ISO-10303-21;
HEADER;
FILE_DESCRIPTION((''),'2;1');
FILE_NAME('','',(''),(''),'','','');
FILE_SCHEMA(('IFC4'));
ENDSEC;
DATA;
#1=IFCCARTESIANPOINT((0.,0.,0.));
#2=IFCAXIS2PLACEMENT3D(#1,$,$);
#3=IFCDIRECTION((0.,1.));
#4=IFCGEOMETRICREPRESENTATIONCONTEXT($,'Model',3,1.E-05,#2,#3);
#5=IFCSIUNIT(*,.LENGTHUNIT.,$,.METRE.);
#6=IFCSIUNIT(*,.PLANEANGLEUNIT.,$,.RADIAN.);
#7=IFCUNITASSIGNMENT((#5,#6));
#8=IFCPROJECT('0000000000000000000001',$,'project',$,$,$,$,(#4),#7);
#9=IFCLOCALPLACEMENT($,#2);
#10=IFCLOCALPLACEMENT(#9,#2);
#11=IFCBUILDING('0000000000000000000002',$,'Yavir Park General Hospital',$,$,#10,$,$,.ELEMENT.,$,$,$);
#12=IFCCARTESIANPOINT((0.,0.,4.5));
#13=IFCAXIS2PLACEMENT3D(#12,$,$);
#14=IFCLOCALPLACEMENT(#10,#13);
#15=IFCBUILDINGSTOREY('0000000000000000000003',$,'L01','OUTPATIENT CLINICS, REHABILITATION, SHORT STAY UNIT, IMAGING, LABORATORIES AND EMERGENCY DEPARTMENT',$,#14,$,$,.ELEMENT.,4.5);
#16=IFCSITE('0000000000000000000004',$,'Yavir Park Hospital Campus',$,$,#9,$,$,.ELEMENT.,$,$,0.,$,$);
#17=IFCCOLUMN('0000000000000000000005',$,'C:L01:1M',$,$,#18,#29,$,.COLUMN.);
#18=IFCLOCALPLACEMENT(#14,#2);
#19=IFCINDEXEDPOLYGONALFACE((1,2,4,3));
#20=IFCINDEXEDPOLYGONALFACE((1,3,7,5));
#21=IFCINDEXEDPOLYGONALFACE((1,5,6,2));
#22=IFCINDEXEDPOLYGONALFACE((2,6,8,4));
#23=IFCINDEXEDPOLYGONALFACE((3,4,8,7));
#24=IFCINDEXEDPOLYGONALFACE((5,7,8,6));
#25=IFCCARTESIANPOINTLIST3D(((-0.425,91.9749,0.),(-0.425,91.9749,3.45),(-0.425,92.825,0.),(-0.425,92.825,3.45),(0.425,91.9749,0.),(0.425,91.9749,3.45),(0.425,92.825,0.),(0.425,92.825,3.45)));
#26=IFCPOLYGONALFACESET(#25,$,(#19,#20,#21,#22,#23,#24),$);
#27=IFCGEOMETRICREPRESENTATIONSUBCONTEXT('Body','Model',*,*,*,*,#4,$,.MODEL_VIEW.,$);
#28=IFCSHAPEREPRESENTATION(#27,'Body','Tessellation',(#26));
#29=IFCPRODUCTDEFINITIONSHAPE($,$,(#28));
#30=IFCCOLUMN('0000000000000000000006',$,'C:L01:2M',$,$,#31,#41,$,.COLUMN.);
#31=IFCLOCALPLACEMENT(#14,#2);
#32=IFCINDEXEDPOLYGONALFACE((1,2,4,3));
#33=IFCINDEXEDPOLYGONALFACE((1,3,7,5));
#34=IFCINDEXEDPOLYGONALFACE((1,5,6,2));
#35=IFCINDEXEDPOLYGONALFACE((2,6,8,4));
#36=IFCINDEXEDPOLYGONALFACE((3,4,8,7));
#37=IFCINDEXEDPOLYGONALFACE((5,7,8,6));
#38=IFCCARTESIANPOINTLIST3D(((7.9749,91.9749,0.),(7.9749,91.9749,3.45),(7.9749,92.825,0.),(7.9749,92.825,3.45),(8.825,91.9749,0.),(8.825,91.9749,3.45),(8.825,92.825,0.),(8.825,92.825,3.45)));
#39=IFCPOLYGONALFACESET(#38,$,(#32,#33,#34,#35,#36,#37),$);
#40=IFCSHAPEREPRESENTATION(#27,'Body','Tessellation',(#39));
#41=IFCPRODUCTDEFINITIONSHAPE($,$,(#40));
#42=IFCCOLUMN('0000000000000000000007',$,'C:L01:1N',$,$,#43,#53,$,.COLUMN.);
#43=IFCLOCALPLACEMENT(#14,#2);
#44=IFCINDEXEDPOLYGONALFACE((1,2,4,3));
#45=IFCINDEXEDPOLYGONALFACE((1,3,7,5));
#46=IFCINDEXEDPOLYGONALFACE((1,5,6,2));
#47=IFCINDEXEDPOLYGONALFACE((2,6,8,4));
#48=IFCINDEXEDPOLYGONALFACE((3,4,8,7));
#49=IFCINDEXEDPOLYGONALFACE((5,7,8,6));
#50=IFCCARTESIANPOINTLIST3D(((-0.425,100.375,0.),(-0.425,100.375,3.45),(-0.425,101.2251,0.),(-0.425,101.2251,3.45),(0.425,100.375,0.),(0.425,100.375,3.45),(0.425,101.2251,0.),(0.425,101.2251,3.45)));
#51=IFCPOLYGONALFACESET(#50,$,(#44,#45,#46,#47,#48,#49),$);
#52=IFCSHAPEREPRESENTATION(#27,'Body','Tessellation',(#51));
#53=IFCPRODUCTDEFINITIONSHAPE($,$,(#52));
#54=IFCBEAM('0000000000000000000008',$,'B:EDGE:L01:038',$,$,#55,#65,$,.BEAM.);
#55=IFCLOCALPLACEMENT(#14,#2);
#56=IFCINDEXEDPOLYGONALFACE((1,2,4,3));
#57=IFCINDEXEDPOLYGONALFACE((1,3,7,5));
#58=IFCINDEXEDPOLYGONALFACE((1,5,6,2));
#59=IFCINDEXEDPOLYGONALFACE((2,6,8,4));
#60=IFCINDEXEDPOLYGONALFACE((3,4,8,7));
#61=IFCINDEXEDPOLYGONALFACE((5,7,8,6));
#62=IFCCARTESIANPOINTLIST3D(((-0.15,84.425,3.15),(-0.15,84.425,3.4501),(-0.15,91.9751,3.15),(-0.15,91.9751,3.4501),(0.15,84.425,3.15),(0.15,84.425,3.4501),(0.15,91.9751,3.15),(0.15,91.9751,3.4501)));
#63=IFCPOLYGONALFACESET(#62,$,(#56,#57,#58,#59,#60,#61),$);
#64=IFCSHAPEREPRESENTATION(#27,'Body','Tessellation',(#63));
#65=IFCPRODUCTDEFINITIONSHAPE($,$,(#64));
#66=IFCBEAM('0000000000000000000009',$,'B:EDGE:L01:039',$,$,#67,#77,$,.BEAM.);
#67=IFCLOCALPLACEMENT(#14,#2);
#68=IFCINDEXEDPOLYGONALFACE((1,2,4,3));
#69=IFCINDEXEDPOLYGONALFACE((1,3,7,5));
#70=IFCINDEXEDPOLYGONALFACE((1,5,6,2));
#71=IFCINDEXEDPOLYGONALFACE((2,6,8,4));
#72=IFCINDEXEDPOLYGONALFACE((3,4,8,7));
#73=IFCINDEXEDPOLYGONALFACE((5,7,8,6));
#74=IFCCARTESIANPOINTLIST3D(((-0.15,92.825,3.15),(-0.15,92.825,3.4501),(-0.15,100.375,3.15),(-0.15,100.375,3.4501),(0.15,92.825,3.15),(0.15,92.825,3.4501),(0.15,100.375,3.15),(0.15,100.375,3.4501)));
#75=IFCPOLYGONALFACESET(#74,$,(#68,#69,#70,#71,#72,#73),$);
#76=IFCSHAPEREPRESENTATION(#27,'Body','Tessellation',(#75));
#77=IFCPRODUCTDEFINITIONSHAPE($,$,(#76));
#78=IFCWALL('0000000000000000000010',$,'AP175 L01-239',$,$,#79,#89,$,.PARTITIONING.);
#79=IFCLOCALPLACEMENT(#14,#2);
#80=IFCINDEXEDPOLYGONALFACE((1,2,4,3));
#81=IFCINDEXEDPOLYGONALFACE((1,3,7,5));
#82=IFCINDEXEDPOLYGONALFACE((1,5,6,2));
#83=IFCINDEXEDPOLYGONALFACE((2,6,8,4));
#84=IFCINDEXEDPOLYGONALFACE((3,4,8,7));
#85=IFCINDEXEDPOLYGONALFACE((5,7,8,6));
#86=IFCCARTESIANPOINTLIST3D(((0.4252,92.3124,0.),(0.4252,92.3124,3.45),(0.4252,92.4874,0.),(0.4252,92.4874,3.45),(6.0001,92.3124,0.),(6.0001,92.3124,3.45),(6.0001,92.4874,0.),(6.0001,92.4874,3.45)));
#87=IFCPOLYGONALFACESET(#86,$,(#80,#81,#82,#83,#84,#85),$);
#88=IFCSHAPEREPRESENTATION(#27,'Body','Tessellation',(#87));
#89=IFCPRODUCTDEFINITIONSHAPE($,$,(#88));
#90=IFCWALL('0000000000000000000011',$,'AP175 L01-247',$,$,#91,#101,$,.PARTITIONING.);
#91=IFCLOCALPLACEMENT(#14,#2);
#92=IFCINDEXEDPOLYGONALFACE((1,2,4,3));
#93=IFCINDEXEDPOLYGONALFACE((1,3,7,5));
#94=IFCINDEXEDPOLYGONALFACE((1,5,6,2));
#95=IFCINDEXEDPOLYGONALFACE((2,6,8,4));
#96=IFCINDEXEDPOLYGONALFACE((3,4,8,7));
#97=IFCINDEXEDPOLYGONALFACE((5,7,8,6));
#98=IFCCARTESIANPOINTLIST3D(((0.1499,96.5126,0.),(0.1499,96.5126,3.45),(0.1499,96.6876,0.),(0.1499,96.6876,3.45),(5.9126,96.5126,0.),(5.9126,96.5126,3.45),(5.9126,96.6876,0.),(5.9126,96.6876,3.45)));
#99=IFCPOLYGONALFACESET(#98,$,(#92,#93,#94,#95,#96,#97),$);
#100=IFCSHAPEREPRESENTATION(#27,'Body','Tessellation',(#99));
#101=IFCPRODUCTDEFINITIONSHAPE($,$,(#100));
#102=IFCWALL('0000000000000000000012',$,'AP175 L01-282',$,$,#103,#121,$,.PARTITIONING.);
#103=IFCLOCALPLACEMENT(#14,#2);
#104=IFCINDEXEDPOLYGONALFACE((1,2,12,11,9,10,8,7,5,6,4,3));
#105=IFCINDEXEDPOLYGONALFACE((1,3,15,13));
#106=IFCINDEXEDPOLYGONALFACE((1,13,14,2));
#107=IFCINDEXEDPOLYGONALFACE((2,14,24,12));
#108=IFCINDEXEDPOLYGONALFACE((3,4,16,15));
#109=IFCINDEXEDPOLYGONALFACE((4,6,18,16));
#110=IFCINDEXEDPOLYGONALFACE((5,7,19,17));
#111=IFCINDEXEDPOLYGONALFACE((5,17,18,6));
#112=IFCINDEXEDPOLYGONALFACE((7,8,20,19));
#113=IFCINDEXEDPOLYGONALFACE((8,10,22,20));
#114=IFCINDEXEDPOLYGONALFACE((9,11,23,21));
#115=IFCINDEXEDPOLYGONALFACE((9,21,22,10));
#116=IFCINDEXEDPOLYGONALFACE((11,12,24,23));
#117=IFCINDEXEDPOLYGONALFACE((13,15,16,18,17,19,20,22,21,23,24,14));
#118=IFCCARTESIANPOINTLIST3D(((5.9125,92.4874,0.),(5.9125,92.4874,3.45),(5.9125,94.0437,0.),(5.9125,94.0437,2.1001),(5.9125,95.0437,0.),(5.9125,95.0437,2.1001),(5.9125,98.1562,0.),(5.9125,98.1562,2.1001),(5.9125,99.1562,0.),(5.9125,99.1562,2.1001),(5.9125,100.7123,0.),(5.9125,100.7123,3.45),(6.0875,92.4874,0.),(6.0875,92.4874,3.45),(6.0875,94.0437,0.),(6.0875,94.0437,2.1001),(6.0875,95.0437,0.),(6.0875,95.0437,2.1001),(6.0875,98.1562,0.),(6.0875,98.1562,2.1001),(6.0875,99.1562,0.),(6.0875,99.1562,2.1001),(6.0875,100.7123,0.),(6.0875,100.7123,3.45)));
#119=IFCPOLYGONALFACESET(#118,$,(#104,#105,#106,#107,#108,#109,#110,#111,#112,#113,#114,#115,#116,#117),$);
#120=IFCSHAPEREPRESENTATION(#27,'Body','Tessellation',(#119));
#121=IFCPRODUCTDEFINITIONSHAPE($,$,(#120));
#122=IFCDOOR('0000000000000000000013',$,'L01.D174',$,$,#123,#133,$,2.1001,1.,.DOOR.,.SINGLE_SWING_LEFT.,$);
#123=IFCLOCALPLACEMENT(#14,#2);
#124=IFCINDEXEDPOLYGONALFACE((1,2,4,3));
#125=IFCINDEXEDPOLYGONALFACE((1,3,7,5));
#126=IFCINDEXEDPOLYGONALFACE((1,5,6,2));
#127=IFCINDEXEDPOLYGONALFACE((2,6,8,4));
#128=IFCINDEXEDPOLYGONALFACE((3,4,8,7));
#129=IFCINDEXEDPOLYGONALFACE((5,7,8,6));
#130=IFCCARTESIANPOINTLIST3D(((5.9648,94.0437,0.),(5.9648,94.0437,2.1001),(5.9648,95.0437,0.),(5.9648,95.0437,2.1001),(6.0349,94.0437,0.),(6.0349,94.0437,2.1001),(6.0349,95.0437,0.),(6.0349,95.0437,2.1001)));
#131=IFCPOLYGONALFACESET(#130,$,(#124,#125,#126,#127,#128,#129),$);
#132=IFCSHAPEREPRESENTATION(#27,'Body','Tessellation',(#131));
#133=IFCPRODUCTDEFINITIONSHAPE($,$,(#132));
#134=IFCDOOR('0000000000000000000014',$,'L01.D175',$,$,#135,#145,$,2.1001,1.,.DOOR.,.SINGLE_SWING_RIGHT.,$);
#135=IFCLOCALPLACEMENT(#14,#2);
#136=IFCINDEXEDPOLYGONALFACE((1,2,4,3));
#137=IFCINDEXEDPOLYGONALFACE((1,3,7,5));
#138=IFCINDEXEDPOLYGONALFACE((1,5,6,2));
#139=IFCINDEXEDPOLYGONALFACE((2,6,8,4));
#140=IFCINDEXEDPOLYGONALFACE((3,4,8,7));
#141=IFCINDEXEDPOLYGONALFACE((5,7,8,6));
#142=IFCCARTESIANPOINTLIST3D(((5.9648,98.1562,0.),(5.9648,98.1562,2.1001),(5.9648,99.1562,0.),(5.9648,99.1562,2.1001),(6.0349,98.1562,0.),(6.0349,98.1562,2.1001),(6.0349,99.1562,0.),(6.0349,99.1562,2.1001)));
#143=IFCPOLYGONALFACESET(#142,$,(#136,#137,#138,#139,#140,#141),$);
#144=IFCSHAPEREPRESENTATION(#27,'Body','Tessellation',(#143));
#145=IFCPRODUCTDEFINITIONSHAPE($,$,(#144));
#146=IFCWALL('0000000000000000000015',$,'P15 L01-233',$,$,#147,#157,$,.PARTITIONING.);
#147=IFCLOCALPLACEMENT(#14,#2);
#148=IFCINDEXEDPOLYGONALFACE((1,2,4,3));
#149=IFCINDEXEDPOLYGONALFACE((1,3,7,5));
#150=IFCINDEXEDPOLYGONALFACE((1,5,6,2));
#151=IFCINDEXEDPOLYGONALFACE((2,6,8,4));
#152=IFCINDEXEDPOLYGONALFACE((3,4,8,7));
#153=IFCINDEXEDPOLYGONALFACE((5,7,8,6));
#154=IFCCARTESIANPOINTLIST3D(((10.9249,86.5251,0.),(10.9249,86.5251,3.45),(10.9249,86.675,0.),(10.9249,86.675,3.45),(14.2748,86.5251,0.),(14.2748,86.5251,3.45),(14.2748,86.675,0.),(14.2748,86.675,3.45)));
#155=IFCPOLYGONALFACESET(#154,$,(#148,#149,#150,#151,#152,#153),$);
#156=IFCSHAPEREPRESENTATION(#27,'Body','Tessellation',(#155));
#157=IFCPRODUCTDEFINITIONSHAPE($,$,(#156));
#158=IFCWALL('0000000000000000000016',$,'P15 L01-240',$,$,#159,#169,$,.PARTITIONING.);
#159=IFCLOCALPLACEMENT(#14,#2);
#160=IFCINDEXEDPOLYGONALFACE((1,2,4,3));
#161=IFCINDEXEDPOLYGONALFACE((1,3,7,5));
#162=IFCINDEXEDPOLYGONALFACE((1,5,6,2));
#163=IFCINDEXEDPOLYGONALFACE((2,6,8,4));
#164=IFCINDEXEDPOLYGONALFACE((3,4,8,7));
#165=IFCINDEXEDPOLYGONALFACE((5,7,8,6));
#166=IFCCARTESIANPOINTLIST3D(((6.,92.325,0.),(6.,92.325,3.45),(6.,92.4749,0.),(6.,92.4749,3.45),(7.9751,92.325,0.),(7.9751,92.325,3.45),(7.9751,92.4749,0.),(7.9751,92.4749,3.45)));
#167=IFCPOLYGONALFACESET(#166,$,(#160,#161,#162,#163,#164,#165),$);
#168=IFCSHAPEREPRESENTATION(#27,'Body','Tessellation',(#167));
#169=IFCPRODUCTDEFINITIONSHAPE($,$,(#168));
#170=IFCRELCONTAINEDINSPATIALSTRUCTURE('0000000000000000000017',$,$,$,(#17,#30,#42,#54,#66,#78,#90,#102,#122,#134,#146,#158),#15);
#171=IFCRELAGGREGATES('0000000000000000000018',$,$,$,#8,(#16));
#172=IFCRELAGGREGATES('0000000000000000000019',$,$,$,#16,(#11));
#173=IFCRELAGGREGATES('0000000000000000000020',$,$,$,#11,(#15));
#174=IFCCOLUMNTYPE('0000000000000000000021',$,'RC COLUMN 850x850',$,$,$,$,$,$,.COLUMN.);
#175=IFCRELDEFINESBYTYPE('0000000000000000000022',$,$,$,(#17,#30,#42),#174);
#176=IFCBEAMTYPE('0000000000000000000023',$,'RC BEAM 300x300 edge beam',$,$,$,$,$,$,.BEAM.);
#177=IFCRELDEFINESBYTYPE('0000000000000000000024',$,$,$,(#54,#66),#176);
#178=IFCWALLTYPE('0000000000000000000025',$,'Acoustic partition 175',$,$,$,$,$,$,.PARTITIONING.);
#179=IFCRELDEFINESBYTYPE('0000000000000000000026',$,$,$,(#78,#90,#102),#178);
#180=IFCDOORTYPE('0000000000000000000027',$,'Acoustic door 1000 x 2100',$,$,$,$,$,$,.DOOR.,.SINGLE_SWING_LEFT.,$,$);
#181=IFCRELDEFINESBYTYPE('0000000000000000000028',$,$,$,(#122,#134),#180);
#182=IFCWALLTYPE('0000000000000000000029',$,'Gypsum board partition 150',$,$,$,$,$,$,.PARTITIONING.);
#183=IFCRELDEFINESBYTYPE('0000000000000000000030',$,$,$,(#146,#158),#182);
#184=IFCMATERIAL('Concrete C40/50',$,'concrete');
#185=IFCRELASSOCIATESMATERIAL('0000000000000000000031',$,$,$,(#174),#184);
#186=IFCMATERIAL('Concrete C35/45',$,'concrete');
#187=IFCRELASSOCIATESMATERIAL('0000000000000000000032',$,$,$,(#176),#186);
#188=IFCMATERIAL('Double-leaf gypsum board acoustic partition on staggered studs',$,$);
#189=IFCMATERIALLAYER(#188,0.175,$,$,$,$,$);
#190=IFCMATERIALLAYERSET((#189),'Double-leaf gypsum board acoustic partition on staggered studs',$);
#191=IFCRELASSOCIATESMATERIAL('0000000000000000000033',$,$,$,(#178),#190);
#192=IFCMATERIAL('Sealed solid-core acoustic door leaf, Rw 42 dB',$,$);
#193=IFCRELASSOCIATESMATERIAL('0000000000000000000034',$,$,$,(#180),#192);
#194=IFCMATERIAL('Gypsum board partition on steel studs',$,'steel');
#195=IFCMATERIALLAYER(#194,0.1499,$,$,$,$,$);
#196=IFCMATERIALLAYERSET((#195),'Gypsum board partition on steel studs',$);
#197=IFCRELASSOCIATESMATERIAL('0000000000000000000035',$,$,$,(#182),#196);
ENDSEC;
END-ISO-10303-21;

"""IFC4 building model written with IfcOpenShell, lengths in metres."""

from ifc_helpers import new_model, si_unit, direction, frame, frame_2d, origin, origin_2d, place, context, subcontext, project, spatial, rectangle, extrude, material, layer, layer_set, material_profile, profile_set, type_object, element, fill, save


model = new_model("IFC4")

# Units and contexts
model_context = context("Model", 3, precision=1e-05, world=origin(), true_north=direction((0.0, 1.0)))
body_context = subcontext(model_context, "Body", "Model", "MODEL_VIEW")
ifc_project = project(units=[si_unit("LENGTHUNIT", "METRE"), si_unit("PLANEANGLEUNIT", "RADIAN")], contexts=[model_context])

# Site, building, storey
site_placement = place(None, origin())
site = spatial("IfcSite", under=ifc_project, at=site_placement, Name="Yavir Park Hospital Campus", CompositionType="ELEMENT", RefElevation=0.0)
building_placement = place(site_placement, origin())
building = spatial("IfcBuilding", under=site, at=building_placement, Name="Yavir Park General Hospital", CompositionType="ELEMENT")
storey_placement = place(building_placement, frame((0.0, 0.0, 4.5)))
storey = spatial("IfcBuildingStorey", under=building, at=storey_placement, Name="L01", Description="OUTPATIENT CLINICS, REHABILITATION, SHORT STAY UNIT, IMAGING, LABORATORIES AND EMERGENCY DEPARTMENT", CompositionType="ELEMENT", Elevation=4.5)

# Columns
ifc_material_1 = material(Name="Concrete C40/50", Category="concrete")
ifc_material_profile_1 = material_profile(ifc_material_1, rectangle(XDim=0.8501, YDim=0.8501, at=origin_2d()), Name="RC850x850")
ifc_profile_set_1 = profile_set([ifc_material_profile_1], Name="Concrete C40/50")
column_type = type_object("IfcColumnType", Name="RC COLUMN 850x850", PredefinedType="COLUMN", material=ifc_profile_set_1)
for number, where, z_axis, x_axis, name in (
    (1, (0.0, 92.3999, 0.0), (0.0, 0.0, 1.0), (1.0, 0.0, 0.0), "C:L01:1M"),
    (2, (8.3999, 92.3999, 0.0), (0.0, 0.0, 1.0), (1.0, 0.0, 0.0), "C:L01:2M"),
    (3, (0.0, 100.8, 0.0), (0.0, 0.0, 1.0), (1.0, 0.0, 0.0), "C:L01:1N"),
):
    element("IfcColumn", number, at=place(storey_placement, frame(where, z_axis=z_axis, x_axis=x_axis)), inside=storey, type_object=column_type, Name=name, PredefinedType="COLUMN", context=body_context, shape_type="SweptSolid", body=[
        extrude(rectangle(XDim=0.8501, YDim=0.8501, at=origin_2d()), origin(), (0.0, 0.0, 1.0), 3.45),
    ])

# Beams
ifc_material_2 = material(Name="Concrete C35/45", Category="concrete")
ifc_material_profile_2 = material_profile(ifc_material_2, rectangle(XDim=0.3, YDim=0.3, at=origin_2d()), Name="RC300x300")
ifc_profile_set_2 = profile_set([ifc_material_profile_2], Name="Concrete C35/45")
beam_type = type_object("IfcBeamType", Name="RC BEAM 300x300 edge beam", PredefinedType="BEAM", material=ifc_profile_set_2)
for number, where, z_axis, x_axis, name in (
    (4, (0.0, 84.425, 3.3), (0.0, 1.0, 0.0), (-1.0, 0.0, 0.0), "B:EDGE:L01:038"),
    (5, (0.0, 92.825, 3.3), (0.0, 1.0, 0.0), (-1.0, 0.0, 0.0), "B:EDGE:L01:039"),
):
    element("IfcBeam", number, at=place(storey_placement, frame(where, z_axis=z_axis, x_axis=x_axis)), inside=storey, type_object=beam_type, Name=name, PredefinedType="BEAM", context=body_context, shape_type="SweptSolid", body=[
        extrude(rectangle(XDim=0.3, YDim=0.3, at=origin_2d()), origin(), (0.0, 0.0, 1.0), 7.55),
    ])

# Walls
ifc_material_3 = material(Name="Double-leaf gypsum board acoustic partition on staggered studs")
ifc_layer_1 = layer(ifc_material_3, 0.175)
ifc_layer_set_1 = layer_set([ifc_layer_1], Name="Double-leaf gypsum board acoustic partition on staggered studs")
wall_type_1 = type_object("IfcWallType", Name="Acoustic partition 175", PredefinedType="PARTITIONING", material=ifc_layer_set_1)
wall_1_placement = place(storey_placement, frame((0.425, 92.3999, 0.0), z_axis=(0.0, 0.0, 1.0), x_axis=(1.0, 0.0, 0.0)))
element("IfcWall", 6, at=wall_1_placement, inside=storey, type_object=wall_type_1, Name="AP175 L01-239", PredefinedType="PARTITIONING", context=body_context, shape_type="SweptSolid", body=[
    extrude(rectangle(XDim=5.575, YDim=0.175, at=frame_2d((2.7876, 0.0))), origin(), (0.0, 0.0, 1.0), 3.45),
])
wall_2_placement = place(storey_placement, frame((0.1499, 96.6001, 0.0), z_axis=(0.0, 0.0, 1.0), x_axis=(1.0, 0.0, 0.0)))
element("IfcWall", 7, at=wall_2_placement, inside=storey, type_object=wall_type_1, Name="AP175 L01-247", PredefinedType="PARTITIONING", context=body_context, shape_type="SweptSolid", body=[
    extrude(rectangle(XDim=5.7627, YDim=0.175, at=frame_2d((2.8813, 0.0))), origin(), (0.0, 0.0, 1.0), 3.45),
])

# Wall, openings, doors
wall_3_placement = place(storey_placement, frame((6.0, 92.4875, 0.0), z_axis=(0.0, 0.0, 1.0), x_axis=(0.0, 1.0, 0.0)))
wall_3 = element("IfcWall", 8, at=wall_3_placement, inside=storey, type_object=wall_type_1, Name="AP175 L01-282", PredefinedType="PARTITIONING", context=body_context, shape_type="SweptSolid", body=[
    extrude(rectangle(XDim=8.2249, YDim=0.175, at=frame_2d((4.1123, 0.0))), origin(), (0.0, 0.0, 1.0), 3.45),
])
opening_1_placement = place(wall_3_placement, frame((1.5562, 0.0, 0.0)))
opening_1 = element("IfcOpeningElement", 9, at=opening_1_placement, cuts=wall_3, PredefinedType="OPENING", context=body_context, shape_type="SweptSolid", body=[
    extrude(rectangle(XDim=1.0, YDim=2.1001, at=frame_2d((0.5, 1.05))), frame((0.0, 0.0974, 0.0), z_axis=(0.0, -1.0, 0.0), x_axis=(1.0, 0.0, 0.0)), (0.0, 0.0, 1.0), 0.1951),
])
opening_2_placement = place(wall_3_placement, frame((5.6687, 0.0, 0.0)))
opening_2 = element("IfcOpeningElement", 10, at=opening_2_placement, cuts=wall_3, PredefinedType="OPENING", context=body_context, shape_type="SweptSolid", body=[
    extrude(rectangle(XDim=1.0, YDim=2.1001, at=frame_2d((0.5, 1.05))), frame((0.0, 0.0974, 0.0), z_axis=(0.0, -1.0, 0.0), x_axis=(1.0, 0.0, 0.0)), (0.0, 0.0, 1.0), 0.1951),
])
ifc_material_4 = material(Name="Sealed solid-core acoustic door leaf, Rw 42 dB")
door_type = type_object("IfcDoorType", Name="Acoustic door 1000 x 2100", OperationType="SINGLE_SWING_LEFT", PredefinedType="DOOR", material=ifc_material_4)
door_1_placement = place(opening_1_placement, origin())
door_1 = element("IfcDoor", 11, at=door_1_placement, inside=storey, type_object=door_type, Name="L01.D174", OperationType="SINGLE_SWING_LEFT", OverallHeight=2.1001, OverallWidth=1.0, PredefinedType="DOOR", context=body_context, shape_type="SweptSolid", body=[
    extrude(rectangle(XDim=1.0, YDim=2.1001, at=frame_2d((0.5, 1.05))), frame((0.0, 0.0352, 0.0), z_axis=(0.0, -1.0, 0.0), x_axis=(1.0, 0.0, 0.0)), (0.0, 0.0, 1.0), 0.0701),
])
fill(opening_1, door_1)
door_2_placement = place(opening_2_placement, origin())
door_2 = element("IfcDoor", 12, at=door_2_placement, inside=storey, type_object=door_type, Name="L01.D175", OperationType="SINGLE_SWING_RIGHT", OverallHeight=2.1001, OverallWidth=1.0, PredefinedType="DOOR", context=body_context, shape_type="SweptSolid", body=[
    extrude(rectangle(XDim=1.0, YDim=2.1001, at=frame_2d((0.5, 1.05))), frame((0.0, 0.0352, 0.0), z_axis=(0.0, -1.0, 0.0), x_axis=(1.0, 0.0, 0.0)), (0.0, 0.0, 1.0), 0.0701),
])
fill(opening_2, door_2)

# Walls
ifc_material_5 = material(Name="Gypsum board partition on steel studs", Category="steel")
ifc_layer_2 = layer(ifc_material_5, 0.1499)
ifc_layer_set_2 = layer_set([ifc_layer_2], Name="Gypsum board partition on steel studs")
wall_type_2 = type_object("IfcWallType", Name="Gypsum board partition 150", PredefinedType="PARTITIONING", material=ifc_layer_set_2)
wall_4_placement = place(storey_placement, frame((10.925, 86.6001, 0.0), z_axis=(0.0, 0.0, 1.0), x_axis=(1.0, 0.0, 0.0)))
element("IfcWall", 13, at=wall_4_placement, inside=storey, type_object=wall_type_2, Name="P15 L01-233", PredefinedType="PARTITIONING", context=body_context, shape_type="SweptSolid", body=[
    extrude(rectangle(XDim=3.3499, YDim=0.1499, at=frame_2d((1.6748, 0.0))), origin(), (0.0, 0.0, 1.0), 3.45),
])
wall_5_placement = place(storey_placement, frame((6.0, 92.3999, 0.0), z_axis=(0.0, 0.0, 1.0), x_axis=(1.0, 0.0, 0.0)))
element("IfcWall", 14, at=wall_5_placement, inside=storey, type_object=wall_type_2, Name="P15 L01-240", PredefinedType="PARTITIONING", context=body_context, shape_type="SweptSolid", body=[
    extrude(rectangle(XDim=1.9751, YDim=0.1499, at=frame_2d((0.9875, 0.0))), origin(), (0.0, 0.0, 1.0), 3.45),
])

save(model, "model.ifc")
